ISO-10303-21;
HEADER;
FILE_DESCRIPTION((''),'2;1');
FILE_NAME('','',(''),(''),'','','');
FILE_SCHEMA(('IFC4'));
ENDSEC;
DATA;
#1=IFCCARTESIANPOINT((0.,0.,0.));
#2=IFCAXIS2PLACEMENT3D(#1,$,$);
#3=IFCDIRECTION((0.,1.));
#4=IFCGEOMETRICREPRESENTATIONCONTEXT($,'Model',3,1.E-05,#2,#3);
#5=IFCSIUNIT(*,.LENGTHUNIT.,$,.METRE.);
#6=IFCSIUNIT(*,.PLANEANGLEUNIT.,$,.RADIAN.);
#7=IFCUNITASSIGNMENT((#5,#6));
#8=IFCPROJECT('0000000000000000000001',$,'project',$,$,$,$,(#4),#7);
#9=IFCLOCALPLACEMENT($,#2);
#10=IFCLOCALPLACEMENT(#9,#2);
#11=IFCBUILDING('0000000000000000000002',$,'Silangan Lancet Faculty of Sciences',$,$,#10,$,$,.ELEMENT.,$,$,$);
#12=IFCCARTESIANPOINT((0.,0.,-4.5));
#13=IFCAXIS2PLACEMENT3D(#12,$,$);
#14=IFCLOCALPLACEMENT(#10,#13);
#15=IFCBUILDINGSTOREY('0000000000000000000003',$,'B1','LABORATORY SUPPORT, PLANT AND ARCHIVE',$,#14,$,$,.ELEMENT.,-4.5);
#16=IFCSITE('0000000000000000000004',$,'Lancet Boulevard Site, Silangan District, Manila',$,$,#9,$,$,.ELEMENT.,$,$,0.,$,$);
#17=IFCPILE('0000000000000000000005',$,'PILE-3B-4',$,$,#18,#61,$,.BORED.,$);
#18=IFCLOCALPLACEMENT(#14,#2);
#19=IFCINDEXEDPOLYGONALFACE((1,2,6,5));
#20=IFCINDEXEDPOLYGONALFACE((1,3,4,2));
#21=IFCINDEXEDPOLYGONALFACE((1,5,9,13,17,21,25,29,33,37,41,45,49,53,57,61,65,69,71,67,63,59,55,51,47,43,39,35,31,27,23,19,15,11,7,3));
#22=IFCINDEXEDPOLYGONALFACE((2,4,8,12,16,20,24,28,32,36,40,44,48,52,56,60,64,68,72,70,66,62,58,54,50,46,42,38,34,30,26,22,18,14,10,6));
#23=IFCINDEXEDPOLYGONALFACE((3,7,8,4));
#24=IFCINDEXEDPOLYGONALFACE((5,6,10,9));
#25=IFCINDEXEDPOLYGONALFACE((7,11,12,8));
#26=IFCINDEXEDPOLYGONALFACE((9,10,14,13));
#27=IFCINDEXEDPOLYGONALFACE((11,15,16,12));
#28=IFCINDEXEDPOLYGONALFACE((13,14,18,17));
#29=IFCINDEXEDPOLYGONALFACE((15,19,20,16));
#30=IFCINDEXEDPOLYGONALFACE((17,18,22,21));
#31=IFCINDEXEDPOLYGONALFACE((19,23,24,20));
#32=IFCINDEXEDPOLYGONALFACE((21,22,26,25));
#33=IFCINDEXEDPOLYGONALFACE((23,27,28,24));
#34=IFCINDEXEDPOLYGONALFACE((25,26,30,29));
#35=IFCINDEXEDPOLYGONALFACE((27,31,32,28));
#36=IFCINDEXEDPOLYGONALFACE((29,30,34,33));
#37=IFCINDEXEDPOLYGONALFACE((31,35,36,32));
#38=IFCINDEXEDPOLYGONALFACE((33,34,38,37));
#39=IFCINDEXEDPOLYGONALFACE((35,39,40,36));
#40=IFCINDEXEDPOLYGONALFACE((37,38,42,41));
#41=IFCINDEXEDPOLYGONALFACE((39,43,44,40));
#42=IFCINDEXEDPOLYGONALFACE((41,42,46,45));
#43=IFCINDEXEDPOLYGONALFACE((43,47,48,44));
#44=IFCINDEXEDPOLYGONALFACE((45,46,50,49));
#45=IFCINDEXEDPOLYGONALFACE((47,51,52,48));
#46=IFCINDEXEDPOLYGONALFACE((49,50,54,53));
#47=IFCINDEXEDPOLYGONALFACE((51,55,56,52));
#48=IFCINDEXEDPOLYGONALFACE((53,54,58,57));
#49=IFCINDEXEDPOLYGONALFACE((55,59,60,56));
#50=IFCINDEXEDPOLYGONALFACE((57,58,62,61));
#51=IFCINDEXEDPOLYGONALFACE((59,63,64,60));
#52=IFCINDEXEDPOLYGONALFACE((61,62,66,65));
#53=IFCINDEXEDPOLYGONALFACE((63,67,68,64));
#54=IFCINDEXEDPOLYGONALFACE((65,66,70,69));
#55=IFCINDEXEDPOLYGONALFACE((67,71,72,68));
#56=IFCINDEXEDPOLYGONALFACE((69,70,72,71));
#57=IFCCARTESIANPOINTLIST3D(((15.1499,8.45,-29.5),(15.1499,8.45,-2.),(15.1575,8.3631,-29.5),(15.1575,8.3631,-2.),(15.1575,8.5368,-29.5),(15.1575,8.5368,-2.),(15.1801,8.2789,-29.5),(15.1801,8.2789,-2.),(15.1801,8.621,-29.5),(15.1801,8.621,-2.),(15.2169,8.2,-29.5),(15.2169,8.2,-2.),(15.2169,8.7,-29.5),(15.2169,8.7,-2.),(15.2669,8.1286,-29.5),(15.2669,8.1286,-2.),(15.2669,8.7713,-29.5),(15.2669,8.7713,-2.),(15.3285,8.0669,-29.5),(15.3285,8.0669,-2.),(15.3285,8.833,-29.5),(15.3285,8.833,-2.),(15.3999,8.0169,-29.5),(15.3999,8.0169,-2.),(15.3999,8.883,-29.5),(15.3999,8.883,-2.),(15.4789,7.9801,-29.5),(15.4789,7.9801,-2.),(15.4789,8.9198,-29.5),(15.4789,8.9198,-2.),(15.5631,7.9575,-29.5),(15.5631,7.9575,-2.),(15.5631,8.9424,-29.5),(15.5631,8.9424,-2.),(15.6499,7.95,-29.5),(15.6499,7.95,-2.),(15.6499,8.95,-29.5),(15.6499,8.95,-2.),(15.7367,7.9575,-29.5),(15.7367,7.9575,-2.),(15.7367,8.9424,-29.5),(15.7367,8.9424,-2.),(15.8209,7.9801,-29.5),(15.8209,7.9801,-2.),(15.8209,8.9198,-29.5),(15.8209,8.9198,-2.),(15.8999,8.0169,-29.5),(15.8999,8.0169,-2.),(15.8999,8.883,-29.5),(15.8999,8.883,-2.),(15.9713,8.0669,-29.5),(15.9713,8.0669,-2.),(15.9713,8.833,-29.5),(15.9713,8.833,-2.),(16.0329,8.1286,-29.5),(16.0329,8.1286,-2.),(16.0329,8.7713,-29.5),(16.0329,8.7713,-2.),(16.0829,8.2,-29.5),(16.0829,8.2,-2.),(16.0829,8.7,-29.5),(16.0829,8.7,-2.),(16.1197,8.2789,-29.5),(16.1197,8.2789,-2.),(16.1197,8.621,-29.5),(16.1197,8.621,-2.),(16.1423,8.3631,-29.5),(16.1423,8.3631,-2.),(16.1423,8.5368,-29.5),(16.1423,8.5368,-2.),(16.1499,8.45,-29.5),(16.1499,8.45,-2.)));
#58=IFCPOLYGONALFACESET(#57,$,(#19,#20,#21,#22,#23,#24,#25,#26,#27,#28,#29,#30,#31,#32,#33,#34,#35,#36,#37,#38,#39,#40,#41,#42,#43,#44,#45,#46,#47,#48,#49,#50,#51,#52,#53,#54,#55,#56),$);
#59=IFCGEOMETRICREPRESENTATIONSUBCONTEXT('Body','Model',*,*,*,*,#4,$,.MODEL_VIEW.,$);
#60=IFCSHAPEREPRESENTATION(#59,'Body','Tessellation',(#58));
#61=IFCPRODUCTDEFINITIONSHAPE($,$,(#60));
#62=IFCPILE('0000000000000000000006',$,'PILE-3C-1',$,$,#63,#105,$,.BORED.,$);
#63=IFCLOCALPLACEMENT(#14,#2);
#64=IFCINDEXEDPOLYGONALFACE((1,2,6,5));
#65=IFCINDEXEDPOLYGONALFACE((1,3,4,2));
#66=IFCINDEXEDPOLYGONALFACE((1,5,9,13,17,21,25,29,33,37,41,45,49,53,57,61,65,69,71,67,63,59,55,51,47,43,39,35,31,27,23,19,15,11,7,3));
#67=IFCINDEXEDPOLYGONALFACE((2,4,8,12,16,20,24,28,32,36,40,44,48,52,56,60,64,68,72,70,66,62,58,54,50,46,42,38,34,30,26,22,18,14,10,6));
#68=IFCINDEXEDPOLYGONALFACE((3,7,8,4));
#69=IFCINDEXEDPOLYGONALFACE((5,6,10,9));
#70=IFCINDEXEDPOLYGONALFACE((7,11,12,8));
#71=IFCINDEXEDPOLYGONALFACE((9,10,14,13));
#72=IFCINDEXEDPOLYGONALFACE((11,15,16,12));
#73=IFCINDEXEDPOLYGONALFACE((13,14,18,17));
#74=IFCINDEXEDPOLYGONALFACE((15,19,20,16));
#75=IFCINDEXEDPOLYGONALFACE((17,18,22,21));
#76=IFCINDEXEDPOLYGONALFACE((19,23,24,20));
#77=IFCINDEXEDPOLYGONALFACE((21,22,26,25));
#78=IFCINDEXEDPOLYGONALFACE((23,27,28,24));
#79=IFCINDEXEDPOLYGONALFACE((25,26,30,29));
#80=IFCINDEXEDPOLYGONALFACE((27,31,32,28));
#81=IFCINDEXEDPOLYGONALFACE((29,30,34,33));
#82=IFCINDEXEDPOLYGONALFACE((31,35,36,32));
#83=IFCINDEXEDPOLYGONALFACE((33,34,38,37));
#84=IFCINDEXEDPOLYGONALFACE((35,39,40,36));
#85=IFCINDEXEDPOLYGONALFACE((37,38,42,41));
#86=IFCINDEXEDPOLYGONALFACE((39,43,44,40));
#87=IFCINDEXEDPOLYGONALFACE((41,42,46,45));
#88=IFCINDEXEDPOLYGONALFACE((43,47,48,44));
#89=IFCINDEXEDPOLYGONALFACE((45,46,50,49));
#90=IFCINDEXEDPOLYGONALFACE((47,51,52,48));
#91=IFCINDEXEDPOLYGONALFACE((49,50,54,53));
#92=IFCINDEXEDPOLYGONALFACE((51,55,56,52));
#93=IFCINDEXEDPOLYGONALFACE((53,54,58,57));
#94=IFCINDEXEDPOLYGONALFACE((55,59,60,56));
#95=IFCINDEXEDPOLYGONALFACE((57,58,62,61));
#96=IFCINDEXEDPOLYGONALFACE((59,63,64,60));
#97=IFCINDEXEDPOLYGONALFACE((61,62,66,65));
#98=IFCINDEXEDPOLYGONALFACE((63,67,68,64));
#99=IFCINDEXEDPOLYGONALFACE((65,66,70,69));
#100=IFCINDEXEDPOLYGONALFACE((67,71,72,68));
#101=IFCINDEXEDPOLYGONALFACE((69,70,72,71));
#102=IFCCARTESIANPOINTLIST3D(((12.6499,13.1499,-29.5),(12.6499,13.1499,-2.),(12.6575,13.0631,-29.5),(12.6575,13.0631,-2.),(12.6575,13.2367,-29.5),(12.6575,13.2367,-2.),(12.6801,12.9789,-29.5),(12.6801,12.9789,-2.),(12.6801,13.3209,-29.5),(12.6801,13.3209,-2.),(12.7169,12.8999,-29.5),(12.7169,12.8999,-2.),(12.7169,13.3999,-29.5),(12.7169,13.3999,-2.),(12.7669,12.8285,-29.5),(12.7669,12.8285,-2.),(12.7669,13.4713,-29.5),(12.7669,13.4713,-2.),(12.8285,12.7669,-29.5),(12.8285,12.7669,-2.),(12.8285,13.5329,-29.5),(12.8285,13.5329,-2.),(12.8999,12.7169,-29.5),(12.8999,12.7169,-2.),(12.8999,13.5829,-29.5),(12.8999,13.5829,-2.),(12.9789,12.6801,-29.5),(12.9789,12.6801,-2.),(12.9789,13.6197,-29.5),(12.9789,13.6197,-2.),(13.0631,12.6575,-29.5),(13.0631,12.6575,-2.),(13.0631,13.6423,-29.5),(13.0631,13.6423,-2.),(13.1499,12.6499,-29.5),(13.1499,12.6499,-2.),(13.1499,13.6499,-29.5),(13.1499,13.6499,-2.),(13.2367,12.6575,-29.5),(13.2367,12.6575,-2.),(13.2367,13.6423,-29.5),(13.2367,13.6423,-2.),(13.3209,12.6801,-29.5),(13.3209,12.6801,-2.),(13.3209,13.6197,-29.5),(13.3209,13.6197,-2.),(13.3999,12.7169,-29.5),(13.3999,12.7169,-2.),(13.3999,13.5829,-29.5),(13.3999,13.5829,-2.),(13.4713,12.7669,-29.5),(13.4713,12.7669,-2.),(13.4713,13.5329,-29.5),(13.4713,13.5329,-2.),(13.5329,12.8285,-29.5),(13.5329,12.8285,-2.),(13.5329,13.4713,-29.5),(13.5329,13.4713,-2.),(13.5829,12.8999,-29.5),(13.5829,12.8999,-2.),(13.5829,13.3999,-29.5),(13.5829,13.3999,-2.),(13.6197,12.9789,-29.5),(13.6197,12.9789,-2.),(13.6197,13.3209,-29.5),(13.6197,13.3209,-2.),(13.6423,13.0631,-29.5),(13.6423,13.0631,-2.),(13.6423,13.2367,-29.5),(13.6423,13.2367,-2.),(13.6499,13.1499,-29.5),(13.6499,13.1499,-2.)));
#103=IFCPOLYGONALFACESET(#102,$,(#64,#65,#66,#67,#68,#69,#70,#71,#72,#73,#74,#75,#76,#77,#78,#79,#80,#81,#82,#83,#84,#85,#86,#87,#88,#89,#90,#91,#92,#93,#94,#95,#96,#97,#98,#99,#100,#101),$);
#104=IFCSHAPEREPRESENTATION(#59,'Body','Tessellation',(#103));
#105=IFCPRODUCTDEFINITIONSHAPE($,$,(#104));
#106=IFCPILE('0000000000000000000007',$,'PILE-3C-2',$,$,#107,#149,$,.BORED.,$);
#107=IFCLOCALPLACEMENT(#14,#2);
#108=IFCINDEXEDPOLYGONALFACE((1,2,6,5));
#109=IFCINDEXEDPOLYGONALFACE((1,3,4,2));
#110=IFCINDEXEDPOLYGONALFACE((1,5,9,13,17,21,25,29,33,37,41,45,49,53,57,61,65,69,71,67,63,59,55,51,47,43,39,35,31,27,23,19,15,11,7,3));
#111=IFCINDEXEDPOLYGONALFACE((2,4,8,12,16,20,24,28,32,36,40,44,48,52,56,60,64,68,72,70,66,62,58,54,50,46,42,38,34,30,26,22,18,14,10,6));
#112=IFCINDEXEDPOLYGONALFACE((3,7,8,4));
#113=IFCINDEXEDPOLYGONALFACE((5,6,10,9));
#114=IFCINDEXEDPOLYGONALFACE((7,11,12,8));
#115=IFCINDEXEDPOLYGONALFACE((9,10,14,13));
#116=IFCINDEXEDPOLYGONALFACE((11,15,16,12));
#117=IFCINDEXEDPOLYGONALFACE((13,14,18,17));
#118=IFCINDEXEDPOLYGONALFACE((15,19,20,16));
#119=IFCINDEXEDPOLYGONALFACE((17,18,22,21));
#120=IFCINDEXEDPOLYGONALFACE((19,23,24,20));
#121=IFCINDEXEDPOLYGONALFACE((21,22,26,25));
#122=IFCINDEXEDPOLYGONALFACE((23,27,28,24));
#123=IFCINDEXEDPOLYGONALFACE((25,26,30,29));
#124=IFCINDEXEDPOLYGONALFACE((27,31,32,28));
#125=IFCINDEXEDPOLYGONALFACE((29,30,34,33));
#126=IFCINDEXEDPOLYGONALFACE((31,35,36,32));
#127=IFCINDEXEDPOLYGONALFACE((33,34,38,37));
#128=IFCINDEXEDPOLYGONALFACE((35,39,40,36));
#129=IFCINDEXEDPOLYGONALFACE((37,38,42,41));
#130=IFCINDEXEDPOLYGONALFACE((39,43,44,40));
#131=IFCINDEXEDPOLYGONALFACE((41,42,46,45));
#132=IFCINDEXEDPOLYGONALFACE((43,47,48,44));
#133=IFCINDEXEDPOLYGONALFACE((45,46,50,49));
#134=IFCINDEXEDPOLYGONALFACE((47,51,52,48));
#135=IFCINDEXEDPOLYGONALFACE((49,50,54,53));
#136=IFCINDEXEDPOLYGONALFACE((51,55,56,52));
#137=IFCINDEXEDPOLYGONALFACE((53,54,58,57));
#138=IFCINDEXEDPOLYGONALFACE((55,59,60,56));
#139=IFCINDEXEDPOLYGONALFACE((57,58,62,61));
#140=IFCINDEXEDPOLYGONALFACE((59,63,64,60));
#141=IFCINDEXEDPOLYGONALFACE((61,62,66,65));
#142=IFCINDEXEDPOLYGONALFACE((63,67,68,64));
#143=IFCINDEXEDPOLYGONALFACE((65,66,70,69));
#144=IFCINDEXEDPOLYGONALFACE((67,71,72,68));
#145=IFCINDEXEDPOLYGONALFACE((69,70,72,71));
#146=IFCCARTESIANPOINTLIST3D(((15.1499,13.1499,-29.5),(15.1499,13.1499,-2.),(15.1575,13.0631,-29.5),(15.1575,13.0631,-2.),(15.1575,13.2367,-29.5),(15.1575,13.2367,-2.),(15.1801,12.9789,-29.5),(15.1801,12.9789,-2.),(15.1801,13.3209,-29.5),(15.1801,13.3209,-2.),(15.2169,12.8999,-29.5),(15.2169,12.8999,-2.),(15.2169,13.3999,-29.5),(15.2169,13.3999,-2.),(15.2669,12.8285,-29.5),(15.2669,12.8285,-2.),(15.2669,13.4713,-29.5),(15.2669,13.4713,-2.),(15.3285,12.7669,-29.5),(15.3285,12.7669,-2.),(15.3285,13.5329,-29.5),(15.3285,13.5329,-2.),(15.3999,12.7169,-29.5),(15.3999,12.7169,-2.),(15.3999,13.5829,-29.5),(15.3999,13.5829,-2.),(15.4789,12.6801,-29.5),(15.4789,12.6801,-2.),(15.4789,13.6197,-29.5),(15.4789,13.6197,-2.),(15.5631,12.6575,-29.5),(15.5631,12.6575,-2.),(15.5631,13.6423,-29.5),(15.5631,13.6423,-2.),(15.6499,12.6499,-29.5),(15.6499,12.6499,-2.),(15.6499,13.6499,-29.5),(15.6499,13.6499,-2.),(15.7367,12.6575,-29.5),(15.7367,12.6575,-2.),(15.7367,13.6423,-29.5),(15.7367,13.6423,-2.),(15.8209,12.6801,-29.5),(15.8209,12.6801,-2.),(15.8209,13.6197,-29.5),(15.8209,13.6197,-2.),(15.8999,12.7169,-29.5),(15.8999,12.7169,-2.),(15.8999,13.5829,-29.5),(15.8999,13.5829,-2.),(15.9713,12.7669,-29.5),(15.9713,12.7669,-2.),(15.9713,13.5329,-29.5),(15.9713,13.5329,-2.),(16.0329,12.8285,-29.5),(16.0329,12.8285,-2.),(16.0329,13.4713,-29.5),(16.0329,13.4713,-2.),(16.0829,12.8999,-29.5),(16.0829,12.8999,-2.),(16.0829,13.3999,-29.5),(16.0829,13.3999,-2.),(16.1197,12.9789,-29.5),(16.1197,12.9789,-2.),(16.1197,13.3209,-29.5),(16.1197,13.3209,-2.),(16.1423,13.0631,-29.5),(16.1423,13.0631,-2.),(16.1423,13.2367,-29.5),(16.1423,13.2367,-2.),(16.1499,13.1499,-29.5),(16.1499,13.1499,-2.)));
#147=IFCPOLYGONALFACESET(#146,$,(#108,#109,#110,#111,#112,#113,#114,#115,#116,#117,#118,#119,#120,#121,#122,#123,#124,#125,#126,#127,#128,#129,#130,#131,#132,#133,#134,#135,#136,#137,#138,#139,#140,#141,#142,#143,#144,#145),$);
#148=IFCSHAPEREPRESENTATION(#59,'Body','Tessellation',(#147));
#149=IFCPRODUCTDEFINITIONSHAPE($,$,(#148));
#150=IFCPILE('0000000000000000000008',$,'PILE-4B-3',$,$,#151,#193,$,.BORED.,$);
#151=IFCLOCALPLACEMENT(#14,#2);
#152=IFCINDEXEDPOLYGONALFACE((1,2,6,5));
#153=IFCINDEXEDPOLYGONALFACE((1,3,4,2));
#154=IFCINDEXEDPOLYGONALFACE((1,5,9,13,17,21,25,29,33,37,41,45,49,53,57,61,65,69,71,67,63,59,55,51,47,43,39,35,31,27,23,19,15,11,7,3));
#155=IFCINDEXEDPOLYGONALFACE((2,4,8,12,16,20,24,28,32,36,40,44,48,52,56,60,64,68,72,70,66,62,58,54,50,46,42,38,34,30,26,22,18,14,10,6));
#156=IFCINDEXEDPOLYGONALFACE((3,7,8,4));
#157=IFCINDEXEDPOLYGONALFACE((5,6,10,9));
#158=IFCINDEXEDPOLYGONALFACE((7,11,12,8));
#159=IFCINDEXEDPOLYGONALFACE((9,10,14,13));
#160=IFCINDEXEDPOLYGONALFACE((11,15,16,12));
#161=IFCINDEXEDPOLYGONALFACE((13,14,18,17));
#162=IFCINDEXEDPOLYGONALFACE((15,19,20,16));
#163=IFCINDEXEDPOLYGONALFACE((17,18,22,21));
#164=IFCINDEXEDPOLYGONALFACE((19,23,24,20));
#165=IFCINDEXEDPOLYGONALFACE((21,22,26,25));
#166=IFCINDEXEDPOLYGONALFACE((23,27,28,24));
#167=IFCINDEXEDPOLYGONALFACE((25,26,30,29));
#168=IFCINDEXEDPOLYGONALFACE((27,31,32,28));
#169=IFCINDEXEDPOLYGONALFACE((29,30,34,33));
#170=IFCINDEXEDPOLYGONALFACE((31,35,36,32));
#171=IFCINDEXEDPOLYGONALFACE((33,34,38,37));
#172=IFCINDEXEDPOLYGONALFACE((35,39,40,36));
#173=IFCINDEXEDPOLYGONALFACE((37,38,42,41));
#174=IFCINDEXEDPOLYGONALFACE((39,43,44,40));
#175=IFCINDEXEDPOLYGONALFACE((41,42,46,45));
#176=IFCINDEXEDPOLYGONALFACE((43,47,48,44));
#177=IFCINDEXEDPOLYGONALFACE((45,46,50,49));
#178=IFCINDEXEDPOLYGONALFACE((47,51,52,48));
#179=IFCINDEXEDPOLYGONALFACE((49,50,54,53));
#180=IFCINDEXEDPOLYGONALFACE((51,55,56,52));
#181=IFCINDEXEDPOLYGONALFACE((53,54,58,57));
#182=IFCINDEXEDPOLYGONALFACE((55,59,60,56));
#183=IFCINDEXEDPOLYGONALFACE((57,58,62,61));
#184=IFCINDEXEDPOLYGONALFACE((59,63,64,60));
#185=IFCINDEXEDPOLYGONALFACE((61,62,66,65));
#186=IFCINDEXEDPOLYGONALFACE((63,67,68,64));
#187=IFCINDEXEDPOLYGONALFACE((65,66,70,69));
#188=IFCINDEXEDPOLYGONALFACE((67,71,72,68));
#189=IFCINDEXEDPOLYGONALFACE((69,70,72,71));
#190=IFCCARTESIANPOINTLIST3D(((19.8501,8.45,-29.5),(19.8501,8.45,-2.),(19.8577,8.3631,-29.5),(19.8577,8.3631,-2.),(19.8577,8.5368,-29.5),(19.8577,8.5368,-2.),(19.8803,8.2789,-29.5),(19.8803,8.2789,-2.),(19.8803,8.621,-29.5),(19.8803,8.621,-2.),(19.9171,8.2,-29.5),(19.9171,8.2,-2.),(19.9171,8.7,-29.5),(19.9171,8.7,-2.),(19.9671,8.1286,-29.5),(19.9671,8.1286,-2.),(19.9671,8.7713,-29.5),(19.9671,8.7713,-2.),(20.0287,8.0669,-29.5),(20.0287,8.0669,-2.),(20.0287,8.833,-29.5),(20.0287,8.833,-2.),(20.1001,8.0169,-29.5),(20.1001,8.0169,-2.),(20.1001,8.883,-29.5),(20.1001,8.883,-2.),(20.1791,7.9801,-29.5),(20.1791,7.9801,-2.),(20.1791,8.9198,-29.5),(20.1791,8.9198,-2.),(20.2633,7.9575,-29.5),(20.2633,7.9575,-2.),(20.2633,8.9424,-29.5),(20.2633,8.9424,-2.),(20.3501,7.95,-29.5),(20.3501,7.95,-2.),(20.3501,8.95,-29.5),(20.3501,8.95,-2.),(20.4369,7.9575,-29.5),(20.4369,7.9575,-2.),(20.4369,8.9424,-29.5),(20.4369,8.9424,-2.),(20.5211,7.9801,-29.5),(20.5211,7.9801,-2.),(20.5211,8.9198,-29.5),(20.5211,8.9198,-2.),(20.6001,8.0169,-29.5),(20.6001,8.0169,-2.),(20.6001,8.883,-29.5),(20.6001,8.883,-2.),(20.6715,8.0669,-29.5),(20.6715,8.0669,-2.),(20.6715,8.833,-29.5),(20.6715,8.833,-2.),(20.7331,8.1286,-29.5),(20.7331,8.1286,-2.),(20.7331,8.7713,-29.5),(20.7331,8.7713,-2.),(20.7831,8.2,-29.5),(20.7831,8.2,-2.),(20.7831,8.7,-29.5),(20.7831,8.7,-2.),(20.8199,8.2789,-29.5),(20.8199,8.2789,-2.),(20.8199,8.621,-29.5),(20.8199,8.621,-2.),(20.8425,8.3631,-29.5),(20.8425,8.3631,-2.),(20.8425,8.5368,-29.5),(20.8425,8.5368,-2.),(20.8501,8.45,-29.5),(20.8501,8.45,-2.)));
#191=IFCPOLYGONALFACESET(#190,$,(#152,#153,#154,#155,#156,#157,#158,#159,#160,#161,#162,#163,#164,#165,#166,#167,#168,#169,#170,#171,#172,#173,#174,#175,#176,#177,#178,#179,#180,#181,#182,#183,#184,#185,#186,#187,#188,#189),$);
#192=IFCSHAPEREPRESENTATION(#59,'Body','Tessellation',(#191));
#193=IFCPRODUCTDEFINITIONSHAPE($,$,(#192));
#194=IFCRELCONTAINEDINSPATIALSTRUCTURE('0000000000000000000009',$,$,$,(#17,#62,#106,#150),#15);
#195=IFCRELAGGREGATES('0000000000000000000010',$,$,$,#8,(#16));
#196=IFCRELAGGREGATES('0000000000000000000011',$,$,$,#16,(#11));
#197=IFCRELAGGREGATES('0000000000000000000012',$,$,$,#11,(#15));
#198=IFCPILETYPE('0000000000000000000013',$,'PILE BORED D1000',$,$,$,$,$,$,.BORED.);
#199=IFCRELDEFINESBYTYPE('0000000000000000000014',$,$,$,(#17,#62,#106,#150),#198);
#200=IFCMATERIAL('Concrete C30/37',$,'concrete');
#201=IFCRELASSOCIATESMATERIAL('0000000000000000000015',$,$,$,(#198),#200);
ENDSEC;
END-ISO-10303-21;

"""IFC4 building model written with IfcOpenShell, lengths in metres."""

from ifc_helpers import new_model, si_unit, direction, frame, origin, origin_2d, place, context, subcontext, project, spatial, circle, extrude, material, material_profile, profile_set, type_object, element, save


model = new_model("IFC4")

# Units and contexts
model_context = context("Model", 3, precision=1e-05, world=origin(), true_north=direction((0.0, 1.0)))
body_context = subcontext(model_context, "Body", "Model", "MODEL_VIEW")
ifc_project = project(units=[si_unit("LENGTHUNIT", "METRE"), si_unit("PLANEANGLEUNIT", "RADIAN")], contexts=[model_context])

# Site, building, storey
site_placement = place(None, origin())
site = spatial("IfcSite", under=ifc_project, at=site_placement, Name="Lancet Boulevard Site, Silangan District, Manila", CompositionType="ELEMENT", RefElevation=0.0)
building_placement = place(site_placement, origin())
building = spatial("IfcBuilding", under=site, at=building_placement, Name="Silangan Lancet Faculty of Sciences", CompositionType="ELEMENT")
storey_placement = place(building_placement, frame((0.0, 0.0, -4.5)))
storey = spatial("IfcBuildingStorey", under=building, at=storey_placement, Name="B1", Description="LABORATORY SUPPORT, PLANT AND ARCHIVE", CompositionType="ELEMENT", Elevation=-4.5)

# Piles
ifc_material_1 = material(Name="Concrete C30/37", Category="concrete")
ifc_material_profile_1 = material_profile(ifc_material_1, circle(Radius=0.5, at=origin_2d()), Name="BORED PILE D1000")
ifc_profile_set_1 = profile_set([ifc_material_profile_1], Name="Concrete C30/37")
pile_type = type_object("IfcPileType", Name="PILE BORED D1000", PredefinedType="BORED", material=ifc_profile_set_1)
for number, where, z_axis, x_axis, name in (
    (1, (15.6499, 8.45, -2.0), (0.0, 0.0, -1.0), (1.0, 0.0, 0.0), "PILE-3B-4"),
    (2, (13.1499, 13.1499, -2.0), (0.0, 0.0, -1.0), (1.0, 0.0, 0.0), "PILE-3C-1"),
    (3, (15.6499, 13.1499, -2.0), (0.0, 0.0, -1.0), (1.0, 0.0, 0.0), "PILE-3C-2"),
    (4, (20.3501, 8.45, -2.0), (0.0, 0.0, -1.0), (1.0, 0.0, 0.0), "PILE-4B-3"),
):
    element("IfcPile", number, at=place(storey_placement, frame(where, z_axis=z_axis, x_axis=x_axis)), inside=storey, type_object=pile_type, Name=name, PredefinedType="BORED", context=body_context, shape_type="SweptSolid", body=[
        extrude(circle(Radius=0.5, at=origin_2d()), origin(), (0.0, 0.0, 1.0), 27.5),
    ])

save(model, "model.ifc")
